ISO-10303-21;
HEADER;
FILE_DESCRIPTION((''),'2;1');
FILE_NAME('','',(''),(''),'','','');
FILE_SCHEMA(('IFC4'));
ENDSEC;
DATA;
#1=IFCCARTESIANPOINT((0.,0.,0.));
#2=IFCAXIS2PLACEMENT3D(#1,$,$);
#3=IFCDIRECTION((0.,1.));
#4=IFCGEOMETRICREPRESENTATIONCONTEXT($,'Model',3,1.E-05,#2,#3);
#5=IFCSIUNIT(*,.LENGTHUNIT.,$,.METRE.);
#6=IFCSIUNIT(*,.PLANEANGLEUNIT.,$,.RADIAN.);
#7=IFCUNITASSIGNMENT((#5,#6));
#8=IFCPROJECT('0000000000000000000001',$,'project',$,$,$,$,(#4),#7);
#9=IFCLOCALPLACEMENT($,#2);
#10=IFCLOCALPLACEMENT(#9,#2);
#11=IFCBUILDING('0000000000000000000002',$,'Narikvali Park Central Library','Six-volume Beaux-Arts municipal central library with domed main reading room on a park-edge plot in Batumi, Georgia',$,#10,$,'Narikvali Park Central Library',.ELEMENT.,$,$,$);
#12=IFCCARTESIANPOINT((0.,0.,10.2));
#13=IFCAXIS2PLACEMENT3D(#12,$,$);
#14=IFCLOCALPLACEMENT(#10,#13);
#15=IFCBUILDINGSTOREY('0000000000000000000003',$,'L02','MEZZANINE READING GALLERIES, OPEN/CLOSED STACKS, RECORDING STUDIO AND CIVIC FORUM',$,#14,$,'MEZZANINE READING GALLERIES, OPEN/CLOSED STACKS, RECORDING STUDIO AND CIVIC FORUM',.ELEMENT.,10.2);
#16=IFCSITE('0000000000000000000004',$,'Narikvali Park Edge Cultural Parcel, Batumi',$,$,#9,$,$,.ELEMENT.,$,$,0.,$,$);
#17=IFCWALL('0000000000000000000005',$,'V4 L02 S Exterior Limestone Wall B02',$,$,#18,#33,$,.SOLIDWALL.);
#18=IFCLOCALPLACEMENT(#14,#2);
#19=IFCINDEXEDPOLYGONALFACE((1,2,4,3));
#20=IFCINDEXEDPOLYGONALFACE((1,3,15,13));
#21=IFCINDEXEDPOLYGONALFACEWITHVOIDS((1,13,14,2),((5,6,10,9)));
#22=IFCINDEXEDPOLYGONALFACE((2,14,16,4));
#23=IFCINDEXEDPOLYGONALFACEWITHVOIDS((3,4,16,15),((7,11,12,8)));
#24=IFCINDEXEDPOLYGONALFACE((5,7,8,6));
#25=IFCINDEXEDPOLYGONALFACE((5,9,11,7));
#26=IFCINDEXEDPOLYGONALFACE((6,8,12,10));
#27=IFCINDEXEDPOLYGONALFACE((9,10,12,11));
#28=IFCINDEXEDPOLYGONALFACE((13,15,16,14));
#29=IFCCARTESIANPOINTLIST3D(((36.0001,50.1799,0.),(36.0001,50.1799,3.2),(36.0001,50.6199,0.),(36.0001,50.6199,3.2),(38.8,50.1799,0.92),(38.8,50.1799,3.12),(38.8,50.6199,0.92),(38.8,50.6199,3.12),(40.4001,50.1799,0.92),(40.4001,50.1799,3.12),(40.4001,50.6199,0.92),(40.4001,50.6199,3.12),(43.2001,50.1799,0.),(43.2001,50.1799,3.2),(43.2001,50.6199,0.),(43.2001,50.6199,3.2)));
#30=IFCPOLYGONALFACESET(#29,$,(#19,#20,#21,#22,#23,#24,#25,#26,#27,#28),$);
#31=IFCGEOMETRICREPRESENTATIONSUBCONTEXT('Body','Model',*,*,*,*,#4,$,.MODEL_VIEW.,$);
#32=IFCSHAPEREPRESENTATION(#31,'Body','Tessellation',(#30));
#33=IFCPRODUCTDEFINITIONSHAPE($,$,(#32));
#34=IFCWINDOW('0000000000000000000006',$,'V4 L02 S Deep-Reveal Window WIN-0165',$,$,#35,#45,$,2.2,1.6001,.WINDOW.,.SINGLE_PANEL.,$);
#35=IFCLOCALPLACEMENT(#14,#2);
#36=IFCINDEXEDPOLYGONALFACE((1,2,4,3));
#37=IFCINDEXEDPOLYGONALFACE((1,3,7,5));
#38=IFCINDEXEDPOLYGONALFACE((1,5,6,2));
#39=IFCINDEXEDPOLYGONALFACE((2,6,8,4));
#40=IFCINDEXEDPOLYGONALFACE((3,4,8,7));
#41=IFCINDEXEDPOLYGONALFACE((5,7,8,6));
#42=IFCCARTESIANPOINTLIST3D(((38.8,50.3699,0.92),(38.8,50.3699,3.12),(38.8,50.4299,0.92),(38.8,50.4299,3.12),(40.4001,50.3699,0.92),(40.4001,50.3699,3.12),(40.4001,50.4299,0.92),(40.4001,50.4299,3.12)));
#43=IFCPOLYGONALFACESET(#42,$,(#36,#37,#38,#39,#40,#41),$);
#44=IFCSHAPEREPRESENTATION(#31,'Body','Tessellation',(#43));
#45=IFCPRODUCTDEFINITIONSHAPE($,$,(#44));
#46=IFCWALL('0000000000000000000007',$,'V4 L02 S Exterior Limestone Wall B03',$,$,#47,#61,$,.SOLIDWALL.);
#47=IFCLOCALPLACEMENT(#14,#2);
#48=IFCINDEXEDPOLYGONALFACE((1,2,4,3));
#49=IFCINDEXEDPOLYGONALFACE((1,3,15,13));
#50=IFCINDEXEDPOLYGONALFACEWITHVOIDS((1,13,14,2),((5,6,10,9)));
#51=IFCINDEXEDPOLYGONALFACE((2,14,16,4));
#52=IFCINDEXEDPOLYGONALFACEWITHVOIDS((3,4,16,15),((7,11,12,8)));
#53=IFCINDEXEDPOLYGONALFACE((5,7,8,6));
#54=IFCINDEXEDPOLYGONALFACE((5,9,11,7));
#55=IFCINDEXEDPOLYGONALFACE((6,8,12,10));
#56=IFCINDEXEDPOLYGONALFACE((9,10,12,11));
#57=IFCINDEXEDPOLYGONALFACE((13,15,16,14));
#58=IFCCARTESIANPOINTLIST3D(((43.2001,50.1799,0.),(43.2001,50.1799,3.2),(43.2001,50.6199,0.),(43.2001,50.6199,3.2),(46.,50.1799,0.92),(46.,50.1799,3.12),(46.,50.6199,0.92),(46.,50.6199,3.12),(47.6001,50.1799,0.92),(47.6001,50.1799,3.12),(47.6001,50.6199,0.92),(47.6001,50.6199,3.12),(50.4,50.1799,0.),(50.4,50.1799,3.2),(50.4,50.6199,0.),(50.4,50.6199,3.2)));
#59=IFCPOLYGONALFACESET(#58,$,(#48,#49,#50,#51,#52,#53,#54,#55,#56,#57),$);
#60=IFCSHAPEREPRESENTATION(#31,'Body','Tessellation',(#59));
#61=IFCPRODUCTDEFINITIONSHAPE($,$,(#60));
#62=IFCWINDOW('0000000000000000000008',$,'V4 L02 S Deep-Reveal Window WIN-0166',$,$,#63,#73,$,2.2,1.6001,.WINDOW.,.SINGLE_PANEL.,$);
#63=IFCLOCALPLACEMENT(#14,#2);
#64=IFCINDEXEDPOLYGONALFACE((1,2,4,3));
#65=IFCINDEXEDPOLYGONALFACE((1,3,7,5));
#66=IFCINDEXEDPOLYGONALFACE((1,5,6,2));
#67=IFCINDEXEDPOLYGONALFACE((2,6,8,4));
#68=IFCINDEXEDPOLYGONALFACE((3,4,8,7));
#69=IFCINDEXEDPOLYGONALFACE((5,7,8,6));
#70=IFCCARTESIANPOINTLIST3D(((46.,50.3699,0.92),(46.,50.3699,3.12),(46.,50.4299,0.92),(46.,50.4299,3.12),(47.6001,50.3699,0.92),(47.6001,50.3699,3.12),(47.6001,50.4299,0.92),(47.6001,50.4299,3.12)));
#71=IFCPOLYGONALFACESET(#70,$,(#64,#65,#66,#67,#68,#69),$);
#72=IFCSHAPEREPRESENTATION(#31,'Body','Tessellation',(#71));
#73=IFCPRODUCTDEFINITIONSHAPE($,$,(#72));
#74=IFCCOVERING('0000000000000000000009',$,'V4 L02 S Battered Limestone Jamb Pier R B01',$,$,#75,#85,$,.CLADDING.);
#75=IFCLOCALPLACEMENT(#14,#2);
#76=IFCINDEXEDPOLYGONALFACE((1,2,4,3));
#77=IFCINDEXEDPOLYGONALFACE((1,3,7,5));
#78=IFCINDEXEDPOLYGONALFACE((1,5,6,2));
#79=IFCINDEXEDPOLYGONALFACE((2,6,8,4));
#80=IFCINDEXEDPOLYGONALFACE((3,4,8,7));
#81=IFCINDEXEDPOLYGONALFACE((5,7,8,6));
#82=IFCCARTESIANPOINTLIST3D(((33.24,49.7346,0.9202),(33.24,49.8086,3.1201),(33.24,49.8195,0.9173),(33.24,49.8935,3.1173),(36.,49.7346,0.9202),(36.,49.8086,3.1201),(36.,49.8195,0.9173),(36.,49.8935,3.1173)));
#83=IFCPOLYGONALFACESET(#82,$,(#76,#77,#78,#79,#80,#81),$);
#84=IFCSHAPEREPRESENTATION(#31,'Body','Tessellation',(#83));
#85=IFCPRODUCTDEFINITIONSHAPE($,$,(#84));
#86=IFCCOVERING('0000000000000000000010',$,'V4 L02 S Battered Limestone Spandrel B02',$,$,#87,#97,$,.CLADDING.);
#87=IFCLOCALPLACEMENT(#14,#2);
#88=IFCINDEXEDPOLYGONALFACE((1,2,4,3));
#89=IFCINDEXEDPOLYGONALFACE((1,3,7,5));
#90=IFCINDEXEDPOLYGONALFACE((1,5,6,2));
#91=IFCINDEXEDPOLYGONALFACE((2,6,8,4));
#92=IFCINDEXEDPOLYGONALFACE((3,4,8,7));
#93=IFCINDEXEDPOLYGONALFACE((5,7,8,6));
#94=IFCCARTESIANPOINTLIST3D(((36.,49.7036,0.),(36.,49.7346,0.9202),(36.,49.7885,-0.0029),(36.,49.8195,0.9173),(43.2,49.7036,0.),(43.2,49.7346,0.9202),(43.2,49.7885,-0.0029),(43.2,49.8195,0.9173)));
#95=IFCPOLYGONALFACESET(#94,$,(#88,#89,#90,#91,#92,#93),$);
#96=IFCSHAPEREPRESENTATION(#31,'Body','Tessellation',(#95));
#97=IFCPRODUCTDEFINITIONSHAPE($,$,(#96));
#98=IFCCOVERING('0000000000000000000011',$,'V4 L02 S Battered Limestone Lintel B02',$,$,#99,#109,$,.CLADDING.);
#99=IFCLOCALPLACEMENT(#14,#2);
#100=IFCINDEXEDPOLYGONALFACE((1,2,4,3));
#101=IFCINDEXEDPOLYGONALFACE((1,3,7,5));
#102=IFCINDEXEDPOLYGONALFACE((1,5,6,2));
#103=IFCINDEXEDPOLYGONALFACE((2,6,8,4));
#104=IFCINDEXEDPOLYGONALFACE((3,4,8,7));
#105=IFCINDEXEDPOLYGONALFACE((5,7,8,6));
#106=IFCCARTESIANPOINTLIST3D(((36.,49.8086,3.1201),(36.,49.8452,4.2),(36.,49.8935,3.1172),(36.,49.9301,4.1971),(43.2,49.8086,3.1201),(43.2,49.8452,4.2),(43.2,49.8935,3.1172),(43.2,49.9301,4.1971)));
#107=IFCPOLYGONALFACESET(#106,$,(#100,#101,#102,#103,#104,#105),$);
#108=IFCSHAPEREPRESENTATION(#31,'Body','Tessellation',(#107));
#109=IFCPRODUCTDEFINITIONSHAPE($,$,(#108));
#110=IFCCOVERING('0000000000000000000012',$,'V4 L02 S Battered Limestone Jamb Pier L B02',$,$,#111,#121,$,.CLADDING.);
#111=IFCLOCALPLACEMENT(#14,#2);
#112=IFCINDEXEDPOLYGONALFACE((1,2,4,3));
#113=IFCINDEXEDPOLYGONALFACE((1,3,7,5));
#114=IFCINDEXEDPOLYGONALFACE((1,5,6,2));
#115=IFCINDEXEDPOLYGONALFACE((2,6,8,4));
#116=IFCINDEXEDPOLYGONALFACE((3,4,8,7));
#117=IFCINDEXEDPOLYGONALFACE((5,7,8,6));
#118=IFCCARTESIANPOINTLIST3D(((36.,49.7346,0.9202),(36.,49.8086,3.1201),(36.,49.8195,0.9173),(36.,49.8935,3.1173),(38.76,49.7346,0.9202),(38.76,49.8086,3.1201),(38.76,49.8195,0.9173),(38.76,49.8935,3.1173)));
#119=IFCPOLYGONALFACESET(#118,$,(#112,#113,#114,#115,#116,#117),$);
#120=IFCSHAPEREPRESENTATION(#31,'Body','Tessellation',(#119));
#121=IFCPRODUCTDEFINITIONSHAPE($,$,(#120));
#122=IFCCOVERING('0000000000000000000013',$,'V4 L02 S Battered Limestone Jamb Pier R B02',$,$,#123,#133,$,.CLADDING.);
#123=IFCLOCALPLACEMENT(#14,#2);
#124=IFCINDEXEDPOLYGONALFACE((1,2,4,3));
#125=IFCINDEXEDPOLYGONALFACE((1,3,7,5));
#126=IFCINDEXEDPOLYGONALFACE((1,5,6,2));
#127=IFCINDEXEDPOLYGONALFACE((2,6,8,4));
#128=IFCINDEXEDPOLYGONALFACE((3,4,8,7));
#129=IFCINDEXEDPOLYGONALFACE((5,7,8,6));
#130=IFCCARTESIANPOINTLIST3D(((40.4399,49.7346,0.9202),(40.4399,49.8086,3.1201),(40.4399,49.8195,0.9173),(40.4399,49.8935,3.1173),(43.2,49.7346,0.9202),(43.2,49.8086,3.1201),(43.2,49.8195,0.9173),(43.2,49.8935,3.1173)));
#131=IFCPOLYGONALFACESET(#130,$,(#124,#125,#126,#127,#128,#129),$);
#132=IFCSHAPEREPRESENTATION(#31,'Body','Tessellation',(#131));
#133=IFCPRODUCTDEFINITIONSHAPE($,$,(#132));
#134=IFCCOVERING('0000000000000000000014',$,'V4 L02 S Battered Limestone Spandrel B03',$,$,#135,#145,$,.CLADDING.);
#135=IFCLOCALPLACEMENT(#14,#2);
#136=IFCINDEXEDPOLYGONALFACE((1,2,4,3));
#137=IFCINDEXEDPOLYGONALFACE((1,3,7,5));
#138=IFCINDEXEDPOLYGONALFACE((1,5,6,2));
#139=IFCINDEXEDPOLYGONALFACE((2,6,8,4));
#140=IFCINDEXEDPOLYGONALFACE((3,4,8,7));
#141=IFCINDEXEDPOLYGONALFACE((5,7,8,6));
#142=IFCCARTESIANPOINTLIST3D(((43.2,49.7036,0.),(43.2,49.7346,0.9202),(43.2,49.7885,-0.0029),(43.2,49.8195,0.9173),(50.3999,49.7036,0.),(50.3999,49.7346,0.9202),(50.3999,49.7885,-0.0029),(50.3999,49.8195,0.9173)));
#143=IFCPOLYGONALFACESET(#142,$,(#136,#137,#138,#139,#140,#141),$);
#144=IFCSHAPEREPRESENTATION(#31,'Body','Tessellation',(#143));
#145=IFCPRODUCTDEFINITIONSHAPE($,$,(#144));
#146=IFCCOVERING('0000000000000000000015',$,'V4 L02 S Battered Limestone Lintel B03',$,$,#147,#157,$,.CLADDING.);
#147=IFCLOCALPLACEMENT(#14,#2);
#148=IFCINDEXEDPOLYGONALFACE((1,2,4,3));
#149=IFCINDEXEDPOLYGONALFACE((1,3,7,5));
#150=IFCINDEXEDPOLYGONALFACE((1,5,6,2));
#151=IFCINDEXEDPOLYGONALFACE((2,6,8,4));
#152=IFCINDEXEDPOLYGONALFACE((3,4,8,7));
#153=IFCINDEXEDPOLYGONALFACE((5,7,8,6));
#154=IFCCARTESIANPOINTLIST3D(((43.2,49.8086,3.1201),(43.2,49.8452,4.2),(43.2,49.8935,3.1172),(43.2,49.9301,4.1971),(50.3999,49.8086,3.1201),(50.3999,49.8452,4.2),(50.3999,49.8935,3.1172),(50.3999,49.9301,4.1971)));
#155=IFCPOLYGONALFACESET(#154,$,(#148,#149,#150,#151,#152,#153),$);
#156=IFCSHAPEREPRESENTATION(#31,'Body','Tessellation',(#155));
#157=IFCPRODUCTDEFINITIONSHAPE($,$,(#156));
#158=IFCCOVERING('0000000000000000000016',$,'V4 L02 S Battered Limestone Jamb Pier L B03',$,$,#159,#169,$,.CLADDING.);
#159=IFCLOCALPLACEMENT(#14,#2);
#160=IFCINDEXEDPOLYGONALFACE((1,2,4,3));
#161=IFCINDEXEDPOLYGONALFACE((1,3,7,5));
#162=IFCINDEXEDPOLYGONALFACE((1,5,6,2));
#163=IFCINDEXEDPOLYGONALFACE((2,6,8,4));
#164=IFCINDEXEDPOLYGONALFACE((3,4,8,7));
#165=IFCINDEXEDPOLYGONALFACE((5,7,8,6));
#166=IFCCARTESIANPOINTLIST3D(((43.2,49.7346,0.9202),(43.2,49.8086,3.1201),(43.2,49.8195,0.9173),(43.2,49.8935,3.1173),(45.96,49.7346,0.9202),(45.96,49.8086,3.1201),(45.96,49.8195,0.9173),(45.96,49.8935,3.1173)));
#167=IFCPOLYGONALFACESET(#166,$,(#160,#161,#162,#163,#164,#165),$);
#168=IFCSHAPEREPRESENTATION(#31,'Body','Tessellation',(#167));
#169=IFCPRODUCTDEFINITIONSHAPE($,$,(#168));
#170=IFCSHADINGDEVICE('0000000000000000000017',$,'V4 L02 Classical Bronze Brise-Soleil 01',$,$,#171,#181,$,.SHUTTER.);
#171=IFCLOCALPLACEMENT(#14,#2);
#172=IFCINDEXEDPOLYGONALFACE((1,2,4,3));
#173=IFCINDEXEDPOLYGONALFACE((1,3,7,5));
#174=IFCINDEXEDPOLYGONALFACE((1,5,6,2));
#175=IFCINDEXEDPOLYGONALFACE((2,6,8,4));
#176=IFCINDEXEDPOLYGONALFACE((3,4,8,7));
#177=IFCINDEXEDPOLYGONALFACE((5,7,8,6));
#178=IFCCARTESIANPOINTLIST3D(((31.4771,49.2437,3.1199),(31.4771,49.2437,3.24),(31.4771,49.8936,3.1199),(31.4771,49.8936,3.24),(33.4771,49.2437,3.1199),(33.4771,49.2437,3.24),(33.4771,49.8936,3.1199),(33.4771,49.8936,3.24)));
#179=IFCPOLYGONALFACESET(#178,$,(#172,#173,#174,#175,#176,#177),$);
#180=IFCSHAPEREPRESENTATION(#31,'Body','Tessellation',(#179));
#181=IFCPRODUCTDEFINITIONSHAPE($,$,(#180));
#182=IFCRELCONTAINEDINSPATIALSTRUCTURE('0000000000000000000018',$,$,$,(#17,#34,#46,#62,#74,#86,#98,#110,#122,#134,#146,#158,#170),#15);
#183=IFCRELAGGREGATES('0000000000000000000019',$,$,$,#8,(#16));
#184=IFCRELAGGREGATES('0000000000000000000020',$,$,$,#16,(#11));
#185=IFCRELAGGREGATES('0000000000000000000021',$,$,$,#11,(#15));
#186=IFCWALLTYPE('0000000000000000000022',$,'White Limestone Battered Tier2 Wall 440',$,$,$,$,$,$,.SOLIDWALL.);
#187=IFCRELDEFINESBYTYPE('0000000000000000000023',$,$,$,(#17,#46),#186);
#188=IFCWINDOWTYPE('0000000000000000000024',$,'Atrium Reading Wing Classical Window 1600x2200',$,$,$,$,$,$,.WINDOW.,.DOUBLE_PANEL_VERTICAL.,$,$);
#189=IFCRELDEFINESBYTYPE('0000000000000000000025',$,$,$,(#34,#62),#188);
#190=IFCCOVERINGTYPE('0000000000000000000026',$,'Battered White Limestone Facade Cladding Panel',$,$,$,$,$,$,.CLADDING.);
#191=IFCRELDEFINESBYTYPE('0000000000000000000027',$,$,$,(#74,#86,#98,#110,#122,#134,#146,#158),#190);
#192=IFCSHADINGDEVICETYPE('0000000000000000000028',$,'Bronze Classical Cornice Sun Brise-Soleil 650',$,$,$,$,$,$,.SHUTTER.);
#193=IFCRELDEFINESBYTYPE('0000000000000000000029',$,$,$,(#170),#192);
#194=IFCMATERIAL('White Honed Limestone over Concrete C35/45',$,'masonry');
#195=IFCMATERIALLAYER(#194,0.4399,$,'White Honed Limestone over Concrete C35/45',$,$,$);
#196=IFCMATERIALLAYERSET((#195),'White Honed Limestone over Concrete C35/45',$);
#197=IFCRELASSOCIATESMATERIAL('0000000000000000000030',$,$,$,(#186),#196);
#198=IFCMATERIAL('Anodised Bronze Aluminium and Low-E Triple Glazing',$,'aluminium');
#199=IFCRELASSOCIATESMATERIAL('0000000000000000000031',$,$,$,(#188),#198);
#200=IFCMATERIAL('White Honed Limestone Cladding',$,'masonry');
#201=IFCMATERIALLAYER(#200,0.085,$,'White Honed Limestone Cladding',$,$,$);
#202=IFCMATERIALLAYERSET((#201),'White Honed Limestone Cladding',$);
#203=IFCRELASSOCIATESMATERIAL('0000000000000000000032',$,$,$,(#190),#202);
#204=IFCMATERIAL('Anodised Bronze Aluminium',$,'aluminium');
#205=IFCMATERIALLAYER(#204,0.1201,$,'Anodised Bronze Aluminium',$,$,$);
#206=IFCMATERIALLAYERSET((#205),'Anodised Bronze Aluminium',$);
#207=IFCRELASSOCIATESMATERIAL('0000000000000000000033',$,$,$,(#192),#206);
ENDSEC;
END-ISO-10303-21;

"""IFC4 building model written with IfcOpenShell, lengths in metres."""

from ifc_helpers import new_model, si_unit, direction, frame, frame_2d, origin, origin_2d, place, context, subcontext, project, spatial, polyline, rectangle, outline, extrude, material, layer, layer_set, type_object, element, fill, save


model = new_model("IFC4")

# Units and contexts
model_context = context("Model", 3, precision=1e-05, world=origin(), true_north=direction((0.0, 1.0)))
body_context = subcontext(model_context, "Body", "Model", "MODEL_VIEW")
ifc_project = project(units=[si_unit("LENGTHUNIT", "METRE"), si_unit("PLANEANGLEUNIT", "RADIAN")], contexts=[model_context])

# Site, building, storey
site_placement = place(None, origin())
site = spatial("IfcSite", under=ifc_project, at=site_placement, Name="Narikvali Park Edge Cultural Parcel, Batumi", CompositionType="ELEMENT", RefElevation=0.0)
building_placement = place(site_placement, origin())
building = spatial("IfcBuilding", under=site, at=building_placement, Name="Narikvali Park Central Library", Description="Six-volume Beaux-Arts municipal central library with domed main reading room on a park-edge plot in Batumi, Georgia", LongName="Narikvali Park Central Library", CompositionType="ELEMENT")
storey_placement = place(building_placement, frame((0.0, 0.0, 10.2)))
storey = spatial("IfcBuildingStorey", under=building, at=storey_placement, Name="L02", Description="MEZZANINE READING GALLERIES, OPEN/CLOSED STACKS, RECORDING STUDIO AND CIVIC FORUM", LongName="MEZZANINE READING GALLERIES, OPEN/CLOSED STACKS, RECORDING STUDIO AND CIVIC FORUM", CompositionType="ELEMENT", Elevation=10.2)

# Walls, openings, windows
ifc_material_1 = material(Name="White Honed Limestone over Concrete C35/45", Category="masonry")
ifc_layer_1 = layer(ifc_material_1, 0.4399, Name="White Honed Limestone over Concrete C35/45")
ifc_layer_set_1 = layer_set([ifc_layer_1], Name="White Honed Limestone over Concrete C35/45")
wall_type = type_object("IfcWallType", Name="White Limestone Battered Tier2 Wall 440", PredefinedType="SOLIDWALL", material=ifc_layer_set_1)
wall_1_placement = place(storey_placement, frame((36.0, 50.3999, 0.0), z_axis=(0.0, 0.0, 1.0), x_axis=(1.0, 0.0, 0.0)))
wall_1 = element("IfcWall", 1, at=wall_1_placement, inside=storey, type_object=wall_type, Name="V4 L02 S Exterior Limestone Wall B02", PredefinedType="SOLIDWALL", context=body_context, shape_type="SweptSolid", body=[
    extrude(rectangle(XDim=7.2, YDim=0.4399, at=frame_2d((3.6001, 0.0))), origin(), (0.0, 0.0, 1.0), 3.2),
])
opening_1_placement = place(wall_1_placement, frame((2.8, 0.0, 0.9199)))
opening_1 = element("IfcOpeningElement", 2, at=opening_1_placement, cuts=wall_1, PredefinedType="OPENING", context=body_context, shape_type="SweptSolid", body=[
    extrude(rectangle(XDim=1.6001, YDim=2.2, at=frame_2d((0.8, 1.1001))), frame((0.0, 0.2319, 0.0), z_axis=(0.0, -1.0, 0.0), x_axis=(1.0, 0.0, 0.0)), (0.0, 0.0, 1.0), 0.4639),
])
ifc_material_2 = material(Name="Anodised Bronze Aluminium and Low-E Triple Glazing", Category="aluminium")
window_type = type_object("IfcWindowType", Name="Atrium Reading Wing Classical Window 1600x2200", PartitioningType="DOUBLE_PANEL_VERTICAL", PredefinedType="WINDOW", material=ifc_material_2)
window_1_placement = place(opening_1_placement, origin())
window_1 = element("IfcWindow", 3, at=window_1_placement, inside=storey, type_object=window_type, Name="V4 L02 S Deep-Reveal Window WIN-0165", OverallHeight=2.2, OverallWidth=1.6001, PartitioningType="SINGLE_PANEL", PredefinedType="WINDOW", context=body_context, shape_type="SweptSolid", body=[
    extrude(rectangle(XDim=1.6001, YDim=2.2, at=frame_2d((0.8, 1.1001))), frame((0.0, 0.03, 0.0), z_axis=(0.0, -1.0, 0.0), x_axis=(1.0, 0.0, 0.0)), (0.0, 0.0, 1.0), 0.0601),
])
fill(opening_1, window_1)
wall_2_placement = place(storey_placement, frame((43.2, 50.3999, 0.0), z_axis=(0.0, 0.0, 1.0), x_axis=(1.0, 0.0, 0.0)))
wall_2 = element("IfcWall", 4, at=wall_2_placement, inside=storey, type_object=wall_type, Name="V4 L02 S Exterior Limestone Wall B03", PredefinedType="SOLIDWALL", context=body_context, shape_type="SweptSolid", body=[
    extrude(rectangle(XDim=7.2, YDim=0.4399, at=frame_2d((3.6001, 0.0))), origin(), (0.0, 0.0, 1.0), 3.2),
])
opening_2_placement = place(wall_2_placement, frame((2.8, 0.0, 0.9199)))
opening_2 = element("IfcOpeningElement", 5, at=opening_2_placement, cuts=wall_2, PredefinedType="OPENING", context=body_context, shape_type="SweptSolid", body=[
    extrude(rectangle(XDim=1.6001, YDim=2.2, at=frame_2d((0.8, 1.1001))), frame((0.0, 0.2319, 0.0), z_axis=(0.0, -1.0, 0.0), x_axis=(1.0, 0.0, 0.0)), (0.0, 0.0, 1.0), 0.4639),
])
window_2_placement = place(opening_2_placement, origin())
window_2 = element("IfcWindow", 6, at=window_2_placement, inside=storey, type_object=window_type, Name="V4 L02 S Deep-Reveal Window WIN-0166", OverallHeight=2.2, OverallWidth=1.6001, PartitioningType="SINGLE_PANEL", PredefinedType="WINDOW", context=body_context, shape_type="SweptSolid", body=[
    extrude(rectangle(XDim=1.6001, YDim=2.2, at=frame_2d((0.8, 1.1001))), frame((0.0, 0.03, 0.0), z_axis=(0.0, -1.0, 0.0), x_axis=(1.0, 0.0, 0.0)), (0.0, 0.0, 1.0), 0.0601),
])
fill(opening_2, window_2)

# Coverings
ifc_material_3 = material(Name="White Honed Limestone Cladding", Category="masonry")
ifc_layer_2 = layer(ifc_material_3, 0.085, Name="White Honed Limestone Cladding")
ifc_layer_set_2 = layer_set([ifc_layer_2], Name="White Honed Limestone Cladding")
covering_type = type_object("IfcCoveringType", Name="Battered White Limestone Facade Cladding Panel", PredefinedType="CLADDING", material=ifc_layer_set_2)
covering_1_placement = place(storey_placement, frame((33.24, 49.7346, 0.9202), z_axis=(0.0, -0.999435, 0.033607), x_axis=(1.0, 0.0, 0.0)))
element("IfcCovering", 7, at=covering_1_placement, inside=storey, type_object=covering_type, Name="V4 L02 S Battered Limestone Jamb Pier R B01", PredefinedType="CLADDING", context=body_context, shape_type="SweptSolid", body=[
    extrude(outline(polyline([(0.0, 0.0), (2.76, 0.0), (2.76, 2.2012), (0.0, 2.2012), (0.0, 0.0)])), origin(), (0.0, 0.0, -1.0), 0.085),
])
covering_2_placement = place(storey_placement, frame((36.0, 49.7036, 0.0), z_axis=(0.0, -0.999433, 0.033677), x_axis=(1.0, 0.0, 0.0)))
element("IfcCovering", 8, at=covering_2_placement, inside=storey, type_object=covering_type, Name="V4 L02 S Battered Limestone Spandrel B02", PredefinedType="CLADDING", context=body_context, shape_type="SweptSolid", body=[
    extrude(outline(polyline([(0.0, 0.0), (7.2, 0.0), (7.2, 0.9207), (0.0, 0.9207), (0.0, 0.0)])), origin(), (0.0, 0.0, -1.0), 0.085),
])
covering_3_placement = place(storey_placement, frame((36.0, 49.8086, 3.1201), z_axis=(0.0, -0.999425, 0.033894), x_axis=(1.0, 0.0, 0.0)))
element("IfcCovering", 9, at=covering_3_placement, inside=storey, type_object=covering_type, Name="V4 L02 S Battered Limestone Lintel B02", PredefinedType="CLADDING", context=body_context, shape_type="SweptSolid", body=[
    extrude(outline(polyline([(0.0, 0.0), (7.2, 0.0), (7.2, 1.0805), (0.0, 1.0805), (0.0, 0.0)])), origin(), (0.0, 0.0, -1.0), 0.085),
])
for number, where, z_axis, x_axis, name in (
    (10, (36.0, 49.7346, 0.9202), (0.0, -0.999435, 0.033607), (1.0, 0.0, 0.0), "V4 L02 S Battered Limestone Jamb Pier L B02"),
    (11, (40.4399, 49.7346, 0.9202), (0.0, -0.999435, 0.033607), (1.0, 0.0, 0.0), "V4 L02 S Battered Limestone Jamb Pier R B02"),
):
    element("IfcCovering", number, at=place(storey_placement, frame(where, z_axis=z_axis, x_axis=x_axis)), inside=storey, type_object=covering_type, Name=name, PredefinedType="CLADDING", context=body_context, shape_type="SweptSolid", body=[
        extrude(outline(polyline([(0.0, 0.0), (2.76, 0.0), (2.76, 2.2012), (0.0, 2.2012), (0.0, 0.0)])), origin(), (0.0, 0.0, -1.0), 0.085),
    ])
covering_4_placement = place(storey_placement, frame((43.2, 49.7036, 0.0), z_axis=(0.0, -0.999433, 0.033677), x_axis=(1.0, 0.0, 0.0)))
element("IfcCovering", 12, at=covering_4_placement, inside=storey, type_object=covering_type, Name="V4 L02 S Battered Limestone Spandrel B03", PredefinedType="CLADDING", context=body_context, shape_type="SweptSolid", body=[
    extrude(outline(polyline([(0.0, 0.0), (7.2, 0.0), (7.2, 0.9207), (0.0, 0.9207), (0.0, 0.0)])), origin(), (0.0, 0.0, -1.0), 0.085),
])
covering_5_placement = place(storey_placement, frame((43.2, 49.8086, 3.1201), z_axis=(0.0, -0.999425, 0.033894), x_axis=(1.0, 0.0, 0.0)))
element("IfcCovering", 13, at=covering_5_placement, inside=storey, type_object=covering_type, Name="V4 L02 S Battered Limestone Lintel B03", PredefinedType="CLADDING", context=body_context, shape_type="SweptSolid", body=[
    extrude(outline(polyline([(0.0, 0.0), (7.2, 0.0), (7.2, 1.0805), (0.0, 1.0805), (0.0, 0.0)])), origin(), (0.0, 0.0, -1.0), 0.085),
])
covering_6_placement = place(storey_placement, frame((43.2, 49.7346, 0.9202), z_axis=(0.0, -0.999435, 0.033607), x_axis=(1.0, 0.0, 0.0)))
element("IfcCovering", 14, at=covering_6_placement, inside=storey, type_object=covering_type, Name="V4 L02 S Battered Limestone Jamb Pier L B03", PredefinedType="CLADDING", context=body_context, shape_type="SweptSolid", body=[
    extrude(outline(polyline([(0.0, 0.0), (2.76, 0.0), (2.76, 2.2012), (0.0, 2.2012), (0.0, 0.0)])), origin(), (0.0, 0.0, -1.0), 0.085),
])

# Shading device
ifc_material_4 = material(Name="Anodised Bronze Aluminium", Category="aluminium")
ifc_layer_3 = layer(ifc_material_4, 0.1201, Name="Anodised Bronze Aluminium")
ifc_layer_set_3 = layer_set([ifc_layer_3], Name="Anodised Bronze Aluminium")
shading_device_type = type_object("IfcShadingDeviceType", Name="Bronze Classical Cornice Sun Brise-Soleil 650", PredefinedType="SHUTTER", material=ifc_layer_set_3)
for number, where, z_axis, x_axis, name in (
    (15, (32.4771, 49.5686, 3.1199), (0.0, 0.0, 1.0), (1.0, 0.0, 0.0), "V4 L02 Classical Bronze Brise-Soleil 01"),
):
    element("IfcShadingDevice", number, at=place(storey_placement, frame(where, z_axis=z_axis, x_axis=x_axis)), inside=storey, type_object=shading_device_type, Name=name, PredefinedType="SHUTTER", context=body_context, shape_type="SweptSolid", body=[
        extrude(rectangle(XDim=2.0, YDim=0.6499, at=origin_2d()), origin(), (0.0, 0.0, 1.0), 0.1201),
    ])

save(model, "model.ifc")
